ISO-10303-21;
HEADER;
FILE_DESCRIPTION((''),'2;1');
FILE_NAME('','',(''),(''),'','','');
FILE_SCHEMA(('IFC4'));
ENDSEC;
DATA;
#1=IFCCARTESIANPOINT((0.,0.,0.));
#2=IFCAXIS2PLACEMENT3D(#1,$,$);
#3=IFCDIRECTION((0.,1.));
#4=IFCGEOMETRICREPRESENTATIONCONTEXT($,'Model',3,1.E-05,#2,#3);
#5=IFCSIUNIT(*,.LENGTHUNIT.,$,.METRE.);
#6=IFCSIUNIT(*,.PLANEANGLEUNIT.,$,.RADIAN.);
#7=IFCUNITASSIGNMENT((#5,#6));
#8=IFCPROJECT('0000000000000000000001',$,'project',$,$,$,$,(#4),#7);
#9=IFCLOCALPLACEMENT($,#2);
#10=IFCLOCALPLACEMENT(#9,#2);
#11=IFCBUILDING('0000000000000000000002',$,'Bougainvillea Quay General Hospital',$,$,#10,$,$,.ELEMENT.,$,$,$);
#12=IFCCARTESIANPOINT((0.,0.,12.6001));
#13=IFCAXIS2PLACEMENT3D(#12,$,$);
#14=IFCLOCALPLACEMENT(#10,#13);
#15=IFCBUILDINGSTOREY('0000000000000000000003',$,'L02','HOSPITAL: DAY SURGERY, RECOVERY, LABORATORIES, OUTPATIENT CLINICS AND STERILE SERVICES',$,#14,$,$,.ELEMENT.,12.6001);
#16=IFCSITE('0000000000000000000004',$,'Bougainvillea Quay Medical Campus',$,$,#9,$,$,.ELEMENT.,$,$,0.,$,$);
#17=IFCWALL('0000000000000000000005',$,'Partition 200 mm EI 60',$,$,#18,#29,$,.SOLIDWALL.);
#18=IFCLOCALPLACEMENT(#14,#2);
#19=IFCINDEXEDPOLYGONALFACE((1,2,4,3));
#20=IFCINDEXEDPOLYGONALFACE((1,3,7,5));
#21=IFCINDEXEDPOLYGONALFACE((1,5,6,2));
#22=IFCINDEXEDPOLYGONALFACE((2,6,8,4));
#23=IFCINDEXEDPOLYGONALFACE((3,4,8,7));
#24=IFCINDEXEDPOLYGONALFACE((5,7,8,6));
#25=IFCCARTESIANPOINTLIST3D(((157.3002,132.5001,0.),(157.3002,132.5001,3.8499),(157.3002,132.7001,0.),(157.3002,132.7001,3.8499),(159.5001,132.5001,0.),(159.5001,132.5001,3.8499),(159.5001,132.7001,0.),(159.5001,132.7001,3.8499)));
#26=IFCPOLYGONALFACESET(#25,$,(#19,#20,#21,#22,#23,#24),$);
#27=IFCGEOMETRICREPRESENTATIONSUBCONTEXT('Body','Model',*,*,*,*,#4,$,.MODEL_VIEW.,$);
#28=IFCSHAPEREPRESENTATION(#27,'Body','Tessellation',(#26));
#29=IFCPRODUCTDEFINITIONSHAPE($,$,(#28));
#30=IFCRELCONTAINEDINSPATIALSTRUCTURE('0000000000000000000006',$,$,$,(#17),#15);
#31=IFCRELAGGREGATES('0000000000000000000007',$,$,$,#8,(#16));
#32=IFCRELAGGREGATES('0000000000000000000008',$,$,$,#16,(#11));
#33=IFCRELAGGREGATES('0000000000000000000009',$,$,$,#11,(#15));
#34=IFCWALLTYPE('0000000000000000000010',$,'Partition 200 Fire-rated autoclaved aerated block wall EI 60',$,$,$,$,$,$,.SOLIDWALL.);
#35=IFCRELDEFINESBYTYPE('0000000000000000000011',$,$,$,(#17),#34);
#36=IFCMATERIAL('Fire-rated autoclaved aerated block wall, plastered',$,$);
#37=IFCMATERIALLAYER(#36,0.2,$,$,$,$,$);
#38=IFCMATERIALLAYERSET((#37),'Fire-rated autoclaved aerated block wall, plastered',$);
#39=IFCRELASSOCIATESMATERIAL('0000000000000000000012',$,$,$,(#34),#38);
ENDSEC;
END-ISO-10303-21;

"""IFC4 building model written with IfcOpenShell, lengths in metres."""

from ifc_helpers import new_model, si_unit, direction, frame, frame_2d, origin, place, context, subcontext, project, spatial, rectangle, extrude, material, layer, layer_set, type_object, element, save


model = new_model("IFC4")

# Units and contexts
model_context = context("Model", 3, precision=1e-05, world=origin(), true_north=direction((0.0, 1.0)))
body_context = subcontext(model_context, "Body", "Model", "MODEL_VIEW")
ifc_project = project(units=[si_unit("LENGTHUNIT", "METRE"), si_unit("PLANEANGLEUNIT", "RADIAN")], contexts=[model_context])

# Site, building, storey
site_placement = place(None, origin())
site = spatial("IfcSite", under=ifc_project, at=site_placement, Name="Bougainvillea Quay Medical Campus", CompositionType="ELEMENT", RefElevation=0.0)
building_placement = place(site_placement, origin())
building = spatial("IfcBuilding", under=site, at=building_placement, Name="Bougainvillea Quay General Hospital", CompositionType="ELEMENT")
storey_placement = place(building_placement, frame((0.0, 0.0, 12.6001)))
storey = spatial("IfcBuildingStorey", under=building, at=storey_placement, Name="L02", Description="HOSPITAL: DAY SURGERY, RECOVERY, LABORATORIES, OUTPATIENT CLINICS AND STERILE SERVICES", CompositionType="ELEMENT", Elevation=12.6001)

# Shared definitions
ifc_material_1 = material(Name="Fire-rated autoclaved aerated block wall, plastered")

# Shared definitions
ifc_layer_1 = layer(ifc_material_1, 0.2)
ifc_layer_set_1 = layer_set([ifc_layer_1], Name="Fire-rated autoclaved aerated block wall, plastered")
wall_type_1 = type_object("IfcWallType", Name="Partition 200 Fire-rated autoclaved aerated block wall EI 60", PredefinedType="SOLIDWALL", material=ifc_layer_set_1)

# Wall
wall_1_placement = place(storey_placement, frame((157.3, 132.6001, 0.0), z_axis=(0.0, 0.0, 1.0), x_axis=(1.0, 0.0, 0.0)))
element("IfcWall", 1, at=wall_1_placement, inside=storey, type_object=wall_type_1, Name="Partition 200 mm EI 60", PredefinedType="SOLIDWALL", context=body_context, shape_type="SweptSolid", body=[
    extrude(rectangle(XDim=2.2, YDim=0.2, at=frame_2d((1.1001, 0.0))), origin(), (0.0, 0.0, 1.0), 3.8499),
])

save(model, "model.ifc")
